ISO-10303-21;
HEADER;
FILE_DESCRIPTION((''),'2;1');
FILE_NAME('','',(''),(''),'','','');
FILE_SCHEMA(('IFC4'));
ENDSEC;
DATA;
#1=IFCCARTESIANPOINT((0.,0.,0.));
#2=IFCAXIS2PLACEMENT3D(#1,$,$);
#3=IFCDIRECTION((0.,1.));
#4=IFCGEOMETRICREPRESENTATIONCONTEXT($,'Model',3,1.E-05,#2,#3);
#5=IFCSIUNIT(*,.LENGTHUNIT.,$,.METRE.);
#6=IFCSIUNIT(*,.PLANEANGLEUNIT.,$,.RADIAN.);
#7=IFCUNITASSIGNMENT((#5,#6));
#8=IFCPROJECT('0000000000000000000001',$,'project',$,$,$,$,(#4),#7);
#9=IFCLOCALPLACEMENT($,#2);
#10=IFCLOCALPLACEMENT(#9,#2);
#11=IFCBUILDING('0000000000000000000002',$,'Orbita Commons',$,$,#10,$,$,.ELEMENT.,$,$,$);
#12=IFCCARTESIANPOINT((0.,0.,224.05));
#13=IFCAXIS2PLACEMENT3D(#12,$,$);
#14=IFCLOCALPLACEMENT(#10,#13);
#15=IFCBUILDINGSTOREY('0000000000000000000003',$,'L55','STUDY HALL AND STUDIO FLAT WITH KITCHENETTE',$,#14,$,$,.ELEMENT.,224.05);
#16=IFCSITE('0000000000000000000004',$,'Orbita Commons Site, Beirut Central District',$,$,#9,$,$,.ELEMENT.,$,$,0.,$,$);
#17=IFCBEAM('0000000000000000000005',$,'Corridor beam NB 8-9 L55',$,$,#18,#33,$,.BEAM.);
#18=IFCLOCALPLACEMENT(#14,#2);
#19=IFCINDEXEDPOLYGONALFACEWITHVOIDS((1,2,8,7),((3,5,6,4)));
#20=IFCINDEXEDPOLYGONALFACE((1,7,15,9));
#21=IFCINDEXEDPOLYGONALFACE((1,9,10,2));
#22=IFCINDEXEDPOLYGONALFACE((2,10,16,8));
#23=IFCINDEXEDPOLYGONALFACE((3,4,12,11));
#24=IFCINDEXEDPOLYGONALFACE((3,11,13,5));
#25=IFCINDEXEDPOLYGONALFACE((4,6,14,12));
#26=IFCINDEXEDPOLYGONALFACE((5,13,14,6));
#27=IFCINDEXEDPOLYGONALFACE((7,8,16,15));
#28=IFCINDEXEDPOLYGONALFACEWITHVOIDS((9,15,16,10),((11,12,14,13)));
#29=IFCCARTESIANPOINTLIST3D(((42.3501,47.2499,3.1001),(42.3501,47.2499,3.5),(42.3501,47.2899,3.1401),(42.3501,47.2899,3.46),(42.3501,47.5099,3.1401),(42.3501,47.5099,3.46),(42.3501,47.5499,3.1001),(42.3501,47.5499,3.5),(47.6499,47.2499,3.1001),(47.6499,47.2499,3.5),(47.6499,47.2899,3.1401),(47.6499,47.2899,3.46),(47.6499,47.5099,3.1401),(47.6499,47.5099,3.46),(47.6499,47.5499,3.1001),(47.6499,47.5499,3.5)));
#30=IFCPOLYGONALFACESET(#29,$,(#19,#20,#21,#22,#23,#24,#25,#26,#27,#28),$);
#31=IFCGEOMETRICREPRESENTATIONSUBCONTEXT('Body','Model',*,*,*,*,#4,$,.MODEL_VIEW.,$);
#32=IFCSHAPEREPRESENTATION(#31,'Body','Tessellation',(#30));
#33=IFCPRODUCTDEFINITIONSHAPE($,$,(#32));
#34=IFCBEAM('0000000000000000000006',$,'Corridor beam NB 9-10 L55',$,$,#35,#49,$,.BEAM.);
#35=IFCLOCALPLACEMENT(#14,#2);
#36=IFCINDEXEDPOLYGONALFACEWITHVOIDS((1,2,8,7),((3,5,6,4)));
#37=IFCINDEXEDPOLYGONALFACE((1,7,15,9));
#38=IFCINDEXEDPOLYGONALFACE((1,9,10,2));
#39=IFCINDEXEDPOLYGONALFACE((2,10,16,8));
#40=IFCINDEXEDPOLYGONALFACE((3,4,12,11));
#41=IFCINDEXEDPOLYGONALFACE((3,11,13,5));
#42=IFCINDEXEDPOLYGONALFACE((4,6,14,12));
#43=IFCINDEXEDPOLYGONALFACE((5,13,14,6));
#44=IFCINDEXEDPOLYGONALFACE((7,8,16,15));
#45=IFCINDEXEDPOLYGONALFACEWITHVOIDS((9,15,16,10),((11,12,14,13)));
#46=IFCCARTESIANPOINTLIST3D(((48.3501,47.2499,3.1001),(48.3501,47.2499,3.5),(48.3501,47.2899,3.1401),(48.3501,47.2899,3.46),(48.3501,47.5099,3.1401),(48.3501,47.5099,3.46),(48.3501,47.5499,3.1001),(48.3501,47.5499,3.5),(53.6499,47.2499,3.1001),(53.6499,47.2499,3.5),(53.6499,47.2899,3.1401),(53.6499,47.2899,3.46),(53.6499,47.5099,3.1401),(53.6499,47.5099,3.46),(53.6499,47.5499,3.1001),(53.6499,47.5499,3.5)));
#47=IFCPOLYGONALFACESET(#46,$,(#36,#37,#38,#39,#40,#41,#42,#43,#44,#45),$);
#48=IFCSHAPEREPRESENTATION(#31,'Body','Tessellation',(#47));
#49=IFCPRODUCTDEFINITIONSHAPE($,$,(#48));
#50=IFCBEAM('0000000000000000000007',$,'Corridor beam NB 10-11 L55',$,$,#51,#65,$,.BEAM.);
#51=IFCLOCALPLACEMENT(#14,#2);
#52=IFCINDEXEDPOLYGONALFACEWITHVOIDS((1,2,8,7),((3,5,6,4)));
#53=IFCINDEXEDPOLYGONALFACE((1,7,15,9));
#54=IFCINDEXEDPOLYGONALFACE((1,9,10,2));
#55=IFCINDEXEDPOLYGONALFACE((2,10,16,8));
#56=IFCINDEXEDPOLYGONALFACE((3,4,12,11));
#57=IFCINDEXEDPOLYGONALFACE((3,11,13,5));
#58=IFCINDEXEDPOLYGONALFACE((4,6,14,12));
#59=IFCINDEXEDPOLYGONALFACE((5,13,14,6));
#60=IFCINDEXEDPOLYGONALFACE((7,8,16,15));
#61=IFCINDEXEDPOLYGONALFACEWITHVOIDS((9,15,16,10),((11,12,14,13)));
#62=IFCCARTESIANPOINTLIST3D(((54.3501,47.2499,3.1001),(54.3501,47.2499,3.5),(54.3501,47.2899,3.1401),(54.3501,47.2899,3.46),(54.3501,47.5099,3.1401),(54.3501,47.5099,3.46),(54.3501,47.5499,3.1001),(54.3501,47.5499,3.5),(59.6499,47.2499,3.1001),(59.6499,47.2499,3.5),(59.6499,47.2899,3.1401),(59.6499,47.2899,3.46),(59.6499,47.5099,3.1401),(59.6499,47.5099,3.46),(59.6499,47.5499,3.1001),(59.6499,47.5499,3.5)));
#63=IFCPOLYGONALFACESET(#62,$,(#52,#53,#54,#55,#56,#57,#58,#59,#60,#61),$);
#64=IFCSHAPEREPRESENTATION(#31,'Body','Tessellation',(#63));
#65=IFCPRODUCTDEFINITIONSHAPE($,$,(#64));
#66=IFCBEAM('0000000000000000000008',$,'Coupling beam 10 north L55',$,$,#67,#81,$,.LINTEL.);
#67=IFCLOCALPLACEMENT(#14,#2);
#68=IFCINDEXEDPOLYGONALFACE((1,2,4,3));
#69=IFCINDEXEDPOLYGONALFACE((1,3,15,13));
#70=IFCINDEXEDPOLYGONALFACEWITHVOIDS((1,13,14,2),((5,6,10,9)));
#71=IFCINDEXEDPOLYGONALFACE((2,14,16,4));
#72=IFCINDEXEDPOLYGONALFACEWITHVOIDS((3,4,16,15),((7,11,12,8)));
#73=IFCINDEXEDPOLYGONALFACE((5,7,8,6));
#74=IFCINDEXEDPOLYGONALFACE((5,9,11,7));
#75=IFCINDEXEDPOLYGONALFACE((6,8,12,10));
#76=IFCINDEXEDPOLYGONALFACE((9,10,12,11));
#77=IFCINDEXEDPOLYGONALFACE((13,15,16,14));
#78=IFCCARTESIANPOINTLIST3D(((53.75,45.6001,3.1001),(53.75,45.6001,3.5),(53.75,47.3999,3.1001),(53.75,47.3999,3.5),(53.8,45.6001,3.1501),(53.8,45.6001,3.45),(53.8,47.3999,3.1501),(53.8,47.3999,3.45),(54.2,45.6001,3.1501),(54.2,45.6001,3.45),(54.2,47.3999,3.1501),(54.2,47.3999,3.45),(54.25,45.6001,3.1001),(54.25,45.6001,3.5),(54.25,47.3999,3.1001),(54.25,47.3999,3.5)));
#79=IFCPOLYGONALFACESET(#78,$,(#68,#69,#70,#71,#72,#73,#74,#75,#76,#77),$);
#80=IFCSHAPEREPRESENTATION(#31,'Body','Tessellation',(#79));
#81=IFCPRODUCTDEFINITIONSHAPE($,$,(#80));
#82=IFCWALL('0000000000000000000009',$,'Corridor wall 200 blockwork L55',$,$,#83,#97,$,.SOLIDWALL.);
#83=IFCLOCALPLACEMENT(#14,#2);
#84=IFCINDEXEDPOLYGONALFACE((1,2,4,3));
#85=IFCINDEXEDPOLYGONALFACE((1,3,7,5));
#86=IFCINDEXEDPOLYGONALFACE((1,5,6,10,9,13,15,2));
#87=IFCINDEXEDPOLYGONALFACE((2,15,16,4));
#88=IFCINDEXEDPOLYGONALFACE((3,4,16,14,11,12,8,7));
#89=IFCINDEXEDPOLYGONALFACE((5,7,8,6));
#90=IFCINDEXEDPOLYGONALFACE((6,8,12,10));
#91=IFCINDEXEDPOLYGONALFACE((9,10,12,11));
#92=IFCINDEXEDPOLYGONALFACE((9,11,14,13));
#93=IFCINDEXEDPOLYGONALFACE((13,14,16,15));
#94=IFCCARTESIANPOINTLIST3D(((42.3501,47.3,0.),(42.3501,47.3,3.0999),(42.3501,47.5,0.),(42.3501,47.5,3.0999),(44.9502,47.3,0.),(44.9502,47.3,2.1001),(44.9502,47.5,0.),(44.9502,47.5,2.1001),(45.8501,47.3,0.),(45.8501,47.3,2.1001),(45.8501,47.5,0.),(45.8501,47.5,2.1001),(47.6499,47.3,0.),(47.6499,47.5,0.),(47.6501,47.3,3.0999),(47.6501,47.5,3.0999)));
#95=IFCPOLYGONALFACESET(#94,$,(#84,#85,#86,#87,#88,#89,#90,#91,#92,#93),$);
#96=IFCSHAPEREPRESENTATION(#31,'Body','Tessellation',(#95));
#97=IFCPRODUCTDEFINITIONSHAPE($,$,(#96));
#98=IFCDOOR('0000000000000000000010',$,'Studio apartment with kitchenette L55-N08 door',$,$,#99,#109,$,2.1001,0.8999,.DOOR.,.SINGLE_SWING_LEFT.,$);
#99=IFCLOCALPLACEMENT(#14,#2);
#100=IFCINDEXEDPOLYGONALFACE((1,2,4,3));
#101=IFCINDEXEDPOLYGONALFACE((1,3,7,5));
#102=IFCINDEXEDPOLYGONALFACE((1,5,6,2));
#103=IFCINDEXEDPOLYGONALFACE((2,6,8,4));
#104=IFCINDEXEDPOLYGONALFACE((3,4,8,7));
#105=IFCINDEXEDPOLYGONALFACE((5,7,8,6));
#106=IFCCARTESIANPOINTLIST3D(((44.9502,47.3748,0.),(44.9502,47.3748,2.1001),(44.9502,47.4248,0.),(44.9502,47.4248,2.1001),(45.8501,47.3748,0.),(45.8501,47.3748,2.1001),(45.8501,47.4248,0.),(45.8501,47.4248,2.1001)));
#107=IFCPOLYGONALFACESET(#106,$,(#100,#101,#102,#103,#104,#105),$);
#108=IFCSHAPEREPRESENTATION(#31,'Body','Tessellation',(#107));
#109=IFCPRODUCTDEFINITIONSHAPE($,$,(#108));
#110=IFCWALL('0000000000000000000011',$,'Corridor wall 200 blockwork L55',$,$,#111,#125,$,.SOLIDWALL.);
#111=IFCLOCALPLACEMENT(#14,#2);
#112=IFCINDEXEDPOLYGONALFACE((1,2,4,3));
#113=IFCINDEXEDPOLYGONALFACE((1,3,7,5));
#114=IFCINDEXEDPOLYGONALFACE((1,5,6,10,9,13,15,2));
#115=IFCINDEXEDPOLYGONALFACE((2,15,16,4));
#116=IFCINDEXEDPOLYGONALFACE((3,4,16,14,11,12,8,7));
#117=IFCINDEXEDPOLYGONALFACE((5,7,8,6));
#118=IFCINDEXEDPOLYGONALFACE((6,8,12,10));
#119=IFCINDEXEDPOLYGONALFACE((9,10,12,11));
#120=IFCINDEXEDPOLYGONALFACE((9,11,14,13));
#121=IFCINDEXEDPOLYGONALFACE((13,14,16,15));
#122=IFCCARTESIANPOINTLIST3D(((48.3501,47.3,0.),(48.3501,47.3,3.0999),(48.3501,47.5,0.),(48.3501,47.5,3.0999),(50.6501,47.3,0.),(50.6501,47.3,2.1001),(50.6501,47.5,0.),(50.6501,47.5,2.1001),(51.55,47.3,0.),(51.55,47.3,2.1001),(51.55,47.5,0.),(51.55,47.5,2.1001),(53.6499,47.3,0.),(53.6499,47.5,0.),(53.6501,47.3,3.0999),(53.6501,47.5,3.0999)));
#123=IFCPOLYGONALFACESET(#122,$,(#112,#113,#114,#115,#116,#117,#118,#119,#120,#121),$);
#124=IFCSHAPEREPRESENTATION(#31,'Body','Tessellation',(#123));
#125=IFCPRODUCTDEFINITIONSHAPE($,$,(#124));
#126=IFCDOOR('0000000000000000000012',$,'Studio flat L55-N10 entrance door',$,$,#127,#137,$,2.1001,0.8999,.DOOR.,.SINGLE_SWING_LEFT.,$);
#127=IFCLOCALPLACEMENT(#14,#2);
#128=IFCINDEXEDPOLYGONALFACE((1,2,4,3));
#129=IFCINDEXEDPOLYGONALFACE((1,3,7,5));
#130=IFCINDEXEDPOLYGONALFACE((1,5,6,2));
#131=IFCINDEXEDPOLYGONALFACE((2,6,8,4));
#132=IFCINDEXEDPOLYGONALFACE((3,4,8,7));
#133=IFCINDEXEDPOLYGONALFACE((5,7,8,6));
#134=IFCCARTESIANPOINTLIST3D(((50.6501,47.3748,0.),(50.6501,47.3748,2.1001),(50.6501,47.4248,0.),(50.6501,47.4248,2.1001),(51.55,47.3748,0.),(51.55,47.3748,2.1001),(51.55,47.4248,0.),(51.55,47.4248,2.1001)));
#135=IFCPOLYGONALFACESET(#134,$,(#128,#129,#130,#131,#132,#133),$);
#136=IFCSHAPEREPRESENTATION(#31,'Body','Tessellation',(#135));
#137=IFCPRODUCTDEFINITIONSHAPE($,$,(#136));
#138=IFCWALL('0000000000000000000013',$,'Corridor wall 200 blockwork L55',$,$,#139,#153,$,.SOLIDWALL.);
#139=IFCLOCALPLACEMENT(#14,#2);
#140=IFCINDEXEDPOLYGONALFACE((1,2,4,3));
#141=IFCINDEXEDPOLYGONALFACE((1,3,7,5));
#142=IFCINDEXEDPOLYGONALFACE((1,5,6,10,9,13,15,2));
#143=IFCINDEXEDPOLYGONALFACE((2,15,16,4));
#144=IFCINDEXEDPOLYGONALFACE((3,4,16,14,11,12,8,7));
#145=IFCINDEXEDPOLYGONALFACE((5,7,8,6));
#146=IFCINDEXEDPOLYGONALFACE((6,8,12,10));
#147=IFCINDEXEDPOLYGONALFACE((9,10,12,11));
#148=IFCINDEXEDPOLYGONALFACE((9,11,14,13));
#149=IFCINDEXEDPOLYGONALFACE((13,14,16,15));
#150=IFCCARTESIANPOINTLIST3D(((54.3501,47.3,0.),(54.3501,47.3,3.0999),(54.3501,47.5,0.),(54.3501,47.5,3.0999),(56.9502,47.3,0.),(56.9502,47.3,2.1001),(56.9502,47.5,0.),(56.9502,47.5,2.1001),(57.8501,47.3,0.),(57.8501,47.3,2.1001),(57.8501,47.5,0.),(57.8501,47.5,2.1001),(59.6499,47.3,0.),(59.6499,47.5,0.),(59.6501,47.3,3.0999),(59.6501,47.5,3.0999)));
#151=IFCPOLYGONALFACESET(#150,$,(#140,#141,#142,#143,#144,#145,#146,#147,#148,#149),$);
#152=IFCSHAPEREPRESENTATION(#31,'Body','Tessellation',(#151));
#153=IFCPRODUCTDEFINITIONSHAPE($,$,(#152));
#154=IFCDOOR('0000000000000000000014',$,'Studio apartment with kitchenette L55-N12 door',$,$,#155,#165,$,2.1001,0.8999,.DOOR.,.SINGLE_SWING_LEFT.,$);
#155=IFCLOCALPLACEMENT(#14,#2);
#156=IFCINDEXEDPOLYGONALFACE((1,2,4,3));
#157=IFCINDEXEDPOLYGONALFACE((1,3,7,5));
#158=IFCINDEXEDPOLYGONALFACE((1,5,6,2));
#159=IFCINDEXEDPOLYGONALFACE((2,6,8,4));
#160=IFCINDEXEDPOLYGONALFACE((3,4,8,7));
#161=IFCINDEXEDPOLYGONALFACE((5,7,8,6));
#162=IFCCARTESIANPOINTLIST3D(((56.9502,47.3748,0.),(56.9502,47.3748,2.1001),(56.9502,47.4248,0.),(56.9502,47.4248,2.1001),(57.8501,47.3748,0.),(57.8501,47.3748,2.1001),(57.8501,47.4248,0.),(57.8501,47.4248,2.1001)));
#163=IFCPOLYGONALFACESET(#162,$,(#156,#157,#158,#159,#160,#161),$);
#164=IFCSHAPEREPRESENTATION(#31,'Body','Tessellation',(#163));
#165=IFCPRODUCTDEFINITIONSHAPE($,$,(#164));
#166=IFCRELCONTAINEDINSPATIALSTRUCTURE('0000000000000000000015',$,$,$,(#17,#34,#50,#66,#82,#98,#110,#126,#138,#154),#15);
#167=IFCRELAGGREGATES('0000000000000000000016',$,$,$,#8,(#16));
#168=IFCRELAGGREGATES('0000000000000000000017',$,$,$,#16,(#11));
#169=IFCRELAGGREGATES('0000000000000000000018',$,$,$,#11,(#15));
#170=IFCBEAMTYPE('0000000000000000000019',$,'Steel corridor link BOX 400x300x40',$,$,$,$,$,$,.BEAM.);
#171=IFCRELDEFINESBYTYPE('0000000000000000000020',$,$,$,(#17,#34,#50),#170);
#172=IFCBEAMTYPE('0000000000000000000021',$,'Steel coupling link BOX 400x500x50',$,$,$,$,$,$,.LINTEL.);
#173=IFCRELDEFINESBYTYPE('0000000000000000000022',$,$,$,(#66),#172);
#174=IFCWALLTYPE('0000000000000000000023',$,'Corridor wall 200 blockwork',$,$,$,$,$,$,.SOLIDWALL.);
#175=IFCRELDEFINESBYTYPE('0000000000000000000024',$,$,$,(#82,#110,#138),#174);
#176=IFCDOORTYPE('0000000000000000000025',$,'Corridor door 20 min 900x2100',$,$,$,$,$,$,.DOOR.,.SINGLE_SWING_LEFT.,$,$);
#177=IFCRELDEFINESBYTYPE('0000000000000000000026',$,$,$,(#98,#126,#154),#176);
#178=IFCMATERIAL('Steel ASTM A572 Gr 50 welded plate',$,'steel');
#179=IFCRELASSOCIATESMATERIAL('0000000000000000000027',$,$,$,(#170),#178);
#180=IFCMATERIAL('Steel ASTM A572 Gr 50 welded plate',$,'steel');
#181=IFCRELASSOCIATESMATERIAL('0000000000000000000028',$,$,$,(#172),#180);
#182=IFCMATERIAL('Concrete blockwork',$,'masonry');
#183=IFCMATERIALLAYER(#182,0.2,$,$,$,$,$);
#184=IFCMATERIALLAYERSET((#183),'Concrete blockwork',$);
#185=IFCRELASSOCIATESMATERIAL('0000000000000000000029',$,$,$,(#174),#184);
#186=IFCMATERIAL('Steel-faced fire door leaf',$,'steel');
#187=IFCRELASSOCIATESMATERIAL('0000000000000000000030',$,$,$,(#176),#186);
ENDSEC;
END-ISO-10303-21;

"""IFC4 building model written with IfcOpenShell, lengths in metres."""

from ifc_helpers import new_model, si_unit, direction, frame, frame_2d, origin, origin_2d, place, context, subcontext, project, spatial, polyline, rectangle, hollow_rectangle, outline, extrude, material, layer, layer_set, material_profile, profile_set, type_object, element, fill, save


model = new_model("IFC4")

# Units and contexts
model_context = context("Model", 3, precision=1e-05, world=origin(), true_north=direction((0.0, 1.0)))
body_context = subcontext(model_context, "Body", "Model", "MODEL_VIEW")
ifc_project = project(units=[si_unit("LENGTHUNIT", "METRE"), si_unit("PLANEANGLEUNIT", "RADIAN")], contexts=[model_context])

# Site, building, storey
site_placement = place(None, origin())
site = spatial("IfcSite", under=ifc_project, at=site_placement, Name="Orbita Commons Site, Beirut Central District", CompositionType="ELEMENT", RefElevation=0.0)
building_placement = place(site_placement, origin())
building = spatial("IfcBuilding", under=site, at=building_placement, Name="Orbita Commons", CompositionType="ELEMENT")
storey_placement = place(building_placement, frame((0.0, 0.0, 224.05)))
storey = spatial("IfcBuildingStorey", under=building, at=storey_placement, Name="L55", Description="STUDY HALL AND STUDIO FLAT WITH KITCHENETTE", CompositionType="ELEMENT", Elevation=224.05)

# Beams
ifc_material_1 = material(Name="Steel ASTM A572 Gr 50 welded plate", Category="steel")
ifc_material_profile_1 = material_profile(ifc_material_1, hollow_rectangle(XDim=0.3, YDim=0.3999, WallThickness=0.04, at=origin_2d()), Name="BOX 400x300x40")
ifc_profile_set_1 = profile_set([ifc_material_profile_1], Name="Steel ASTM A572 Gr 50 welded plate")
beam_type_1 = type_object("IfcBeamType", Name="Steel corridor link BOX 400x300x40", PredefinedType="BEAM", material=ifc_profile_set_1)
for number, where, z_axis, x_axis, name in (
    (1, (42.3501, 47.3999, 3.3), (1.0, 0.0, 0.0), (0.0, 1.0, 0.0), "Corridor beam NB 8-9 L55"),
    (2, (48.3501, 47.3999, 3.3), (1.0, 0.0, 0.0), (0.0, 1.0, 0.0), "Corridor beam NB 9-10 L55"),
    (3, (54.3501, 47.3999, 3.3), (1.0, 0.0, 0.0), (0.0, 1.0, 0.0), "Corridor beam NB 10-11 L55"),
):
    element("IfcBeam", number, at=place(storey_placement, frame(where, z_axis=z_axis, x_axis=x_axis)), inside=storey, type_object=beam_type_1, Name=name, PredefinedType="BEAM", context=body_context, shape_type="SweptSolid", body=[
        extrude(hollow_rectangle(XDim=0.3, YDim=0.3999, WallThickness=0.04, at=origin_2d()), origin(), (0.0, 0.0, 1.0), 5.2998),
    ])
ifc_material_2 = material(Name="Steel ASTM A572 Gr 50 welded plate", Category="steel")
ifc_material_profile_2 = material_profile(ifc_material_2, hollow_rectangle(XDim=0.5, YDim=0.3999, WallThickness=0.05, at=origin_2d()), Name="BOX 400x500x50")
ifc_profile_set_2 = profile_set([ifc_material_profile_2], Name="Steel ASTM A572 Gr 50 welded plate")
beam_type_2 = type_object("IfcBeamType", Name="Steel coupling link BOX 400x500x50", PredefinedType="LINTEL", material=ifc_profile_set_2)
beam_placement = place(storey_placement, frame((54.0, 45.6001, 3.3), z_axis=(0.0, 1.0, 0.0), x_axis=(-1.0, 0.0, 0.0)))
element("IfcBeam", 4, at=beam_placement, inside=storey, type_object=beam_type_2, Name="Coupling beam 10 north L55", PredefinedType="LINTEL", context=body_context, shape_type="SweptSolid", body=[
    extrude(hollow_rectangle(XDim=0.5, YDim=0.3999, WallThickness=0.05, at=origin_2d()), origin(), (0.0, 0.0, 1.0), 1.7998),
])

# Walls, openings, doors
ifc_material_3 = material(Name="Concrete blockwork", Category="masonry")
ifc_layer_1 = layer(ifc_material_3, 0.2)
ifc_layer_set_1 = layer_set([ifc_layer_1], Name="Concrete blockwork")
wall_type_1 = type_object("IfcWallType", Name="Corridor wall 200 blockwork", PredefinedType="SOLIDWALL", material=ifc_layer_set_1)
wall_1_placement = place(storey_placement, frame((42.3501, 47.3999, 0.0), z_axis=(0.0, 0.0, 1.0), x_axis=(1.0, 0.0, 0.0)))
wall_1 = element("IfcWall", 5, at=wall_1_placement, inside=storey, type_object=wall_type_1, Name="Corridor wall 200 blockwork L55", PredefinedType="SOLIDWALL", context=body_context, shape_type="SweptSolid", body=[
    extrude(outline(polyline([(0.0, 0.0), (5.2998, 0.0), (5.3, 3.0999), (0.0, 3.0999), (0.0, 0.0)])), frame((0.0, 0.1001, 0.0), z_axis=(0.0, -1.0, 0.0), x_axis=(1.0, 0.0, 0.0)), (0.0, 0.0, 1.0), 0.2),
])
opening_1_placement = place(wall_1_placement, frame((2.6001, 0.0, 0.0)))
opening_1 = element("IfcOpeningElement", 6, at=opening_1_placement, cuts=wall_1, PredefinedType="OPENING", context=body_context, shape_type="SweptSolid", body=[
    extrude(rectangle(XDim=0.8999, YDim=2.1001, at=frame_2d((0.45, 1.05))), frame((0.0, 0.1099, 0.0), z_axis=(0.0, -1.0, 0.0), x_axis=(1.0, 0.0, 0.0)), (0.0, 0.0, 1.0), 0.22),
])
ifc_material_4 = material(Name="Steel-faced fire door leaf", Category="steel")
door_type_1 = type_object("IfcDoorType", Name="Corridor door 20 min 900x2100", OperationType="SINGLE_SWING_LEFT", PredefinedType="DOOR", material=ifc_material_4)
door_1_placement = place(opening_1_placement, origin())
door_1 = element("IfcDoor", 7, at=door_1_placement, inside=storey, type_object=door_type_1, Name="Studio apartment with kitchenette L55-N08 door", OperationType="SINGLE_SWING_LEFT", OverallHeight=2.1001, OverallWidth=0.8999, PredefinedType="DOOR", context=body_context, shape_type="SweptSolid", body=[
    extrude(rectangle(XDim=0.8999, YDim=2.1001, at=frame_2d((0.45, 1.05))), frame((0.0, 0.0249, 0.0), z_axis=(0.0, -1.0, 0.0), x_axis=(1.0, 0.0, 0.0)), (0.0, 0.0, 1.0), 0.05),
])
fill(opening_1, door_1)
wall_2_placement = place(storey_placement, frame((48.3501, 47.3999, 0.0), z_axis=(0.0, 0.0, 1.0), x_axis=(1.0, 0.0, 0.0)))
wall_2 = element("IfcWall", 8, at=wall_2_placement, inside=storey, type_object=wall_type_1, Name="Corridor wall 200 blockwork L55", PredefinedType="SOLIDWALL", context=body_context, shape_type="SweptSolid", body=[
    extrude(outline(polyline([(0.0, 0.0), (5.2998, 0.0), (5.3, 3.0999), (0.0, 3.0999), (0.0, 0.0)])), frame((0.0, 0.1001, 0.0), z_axis=(0.0, -1.0, 0.0), x_axis=(1.0, 0.0, 0.0)), (0.0, 0.0, 1.0), 0.2),
])
opening_2_placement = place(wall_2_placement, frame((2.3, 0.0, 0.0)))
opening_2 = element("IfcOpeningElement", 9, at=opening_2_placement, cuts=wall_2, PredefinedType="OPENING", context=body_context, shape_type="SweptSolid", body=[
    extrude(rectangle(XDim=0.8999, YDim=2.1001, at=frame_2d((0.45, 1.05))), frame((0.0, 0.1099, 0.0), z_axis=(0.0, -1.0, 0.0), x_axis=(1.0, 0.0, 0.0)), (0.0, 0.0, 1.0), 0.22),
])
door_2_placement = place(opening_2_placement, origin())
door_2 = element("IfcDoor", 10, at=door_2_placement, inside=storey, type_object=door_type_1, Name="Studio flat L55-N10 entrance door", OperationType="SINGLE_SWING_LEFT", OverallHeight=2.1001, OverallWidth=0.8999, PredefinedType="DOOR", context=body_context, shape_type="SweptSolid", body=[
    extrude(rectangle(XDim=0.8999, YDim=2.1001, at=frame_2d((0.45, 1.05))), frame((0.0, 0.0249, 0.0), z_axis=(0.0, -1.0, 0.0), x_axis=(1.0, 0.0, 0.0)), (0.0, 0.0, 1.0), 0.05),
])
fill(opening_2, door_2)
wall_3_placement = place(storey_placement, frame((54.3501, 47.3999, 0.0), z_axis=(0.0, 0.0, 1.0), x_axis=(1.0, 0.0, 0.0)))
wall_3 = element("IfcWall", 11, at=wall_3_placement, inside=storey, type_object=wall_type_1, Name="Corridor wall 200 blockwork L55", PredefinedType="SOLIDWALL", context=body_context, shape_type="SweptSolid", body=[
    extrude(outline(polyline([(0.0, 0.0), (5.2998, 0.0), (5.3, 3.0999), (0.0, 3.0999), (0.0, 0.0)])), frame((0.0, 0.1001, 0.0), z_axis=(0.0, -1.0, 0.0), x_axis=(1.0, 0.0, 0.0)), (0.0, 0.0, 1.0), 0.2),
])
opening_3_placement = place(wall_3_placement, frame((2.6001, 0.0, 0.0)))
opening_3 = element("IfcOpeningElement", 12, at=opening_3_placement, cuts=wall_3, PredefinedType="OPENING", context=body_context, shape_type="SweptSolid", body=[
    extrude(rectangle(XDim=0.8999, YDim=2.1001, at=frame_2d((0.45, 1.05))), frame((0.0, 0.1099, 0.0), z_axis=(0.0, -1.0, 0.0), x_axis=(1.0, 0.0, 0.0)), (0.0, 0.0, 1.0), 0.22),
])
door_3_placement = place(opening_3_placement, origin())
door_3 = element("IfcDoor", 13, at=door_3_placement, inside=storey, type_object=door_type_1, Name="Studio apartment with kitchenette L55-N12 door", OperationType="SINGLE_SWING_LEFT", OverallHeight=2.1001, OverallWidth=0.8999, PredefinedType="DOOR", context=body_context, shape_type="SweptSolid", body=[
    extrude(rectangle(XDim=0.8999, YDim=2.1001, at=frame_2d((0.45, 1.05))), frame((0.0, 0.0249, 0.0), z_axis=(0.0, -1.0, 0.0), x_axis=(1.0, 0.0, 0.0)), (0.0, 0.0, 1.0), 0.05),
])
fill(opening_3, door_3)

save(model, "model.ifc")
